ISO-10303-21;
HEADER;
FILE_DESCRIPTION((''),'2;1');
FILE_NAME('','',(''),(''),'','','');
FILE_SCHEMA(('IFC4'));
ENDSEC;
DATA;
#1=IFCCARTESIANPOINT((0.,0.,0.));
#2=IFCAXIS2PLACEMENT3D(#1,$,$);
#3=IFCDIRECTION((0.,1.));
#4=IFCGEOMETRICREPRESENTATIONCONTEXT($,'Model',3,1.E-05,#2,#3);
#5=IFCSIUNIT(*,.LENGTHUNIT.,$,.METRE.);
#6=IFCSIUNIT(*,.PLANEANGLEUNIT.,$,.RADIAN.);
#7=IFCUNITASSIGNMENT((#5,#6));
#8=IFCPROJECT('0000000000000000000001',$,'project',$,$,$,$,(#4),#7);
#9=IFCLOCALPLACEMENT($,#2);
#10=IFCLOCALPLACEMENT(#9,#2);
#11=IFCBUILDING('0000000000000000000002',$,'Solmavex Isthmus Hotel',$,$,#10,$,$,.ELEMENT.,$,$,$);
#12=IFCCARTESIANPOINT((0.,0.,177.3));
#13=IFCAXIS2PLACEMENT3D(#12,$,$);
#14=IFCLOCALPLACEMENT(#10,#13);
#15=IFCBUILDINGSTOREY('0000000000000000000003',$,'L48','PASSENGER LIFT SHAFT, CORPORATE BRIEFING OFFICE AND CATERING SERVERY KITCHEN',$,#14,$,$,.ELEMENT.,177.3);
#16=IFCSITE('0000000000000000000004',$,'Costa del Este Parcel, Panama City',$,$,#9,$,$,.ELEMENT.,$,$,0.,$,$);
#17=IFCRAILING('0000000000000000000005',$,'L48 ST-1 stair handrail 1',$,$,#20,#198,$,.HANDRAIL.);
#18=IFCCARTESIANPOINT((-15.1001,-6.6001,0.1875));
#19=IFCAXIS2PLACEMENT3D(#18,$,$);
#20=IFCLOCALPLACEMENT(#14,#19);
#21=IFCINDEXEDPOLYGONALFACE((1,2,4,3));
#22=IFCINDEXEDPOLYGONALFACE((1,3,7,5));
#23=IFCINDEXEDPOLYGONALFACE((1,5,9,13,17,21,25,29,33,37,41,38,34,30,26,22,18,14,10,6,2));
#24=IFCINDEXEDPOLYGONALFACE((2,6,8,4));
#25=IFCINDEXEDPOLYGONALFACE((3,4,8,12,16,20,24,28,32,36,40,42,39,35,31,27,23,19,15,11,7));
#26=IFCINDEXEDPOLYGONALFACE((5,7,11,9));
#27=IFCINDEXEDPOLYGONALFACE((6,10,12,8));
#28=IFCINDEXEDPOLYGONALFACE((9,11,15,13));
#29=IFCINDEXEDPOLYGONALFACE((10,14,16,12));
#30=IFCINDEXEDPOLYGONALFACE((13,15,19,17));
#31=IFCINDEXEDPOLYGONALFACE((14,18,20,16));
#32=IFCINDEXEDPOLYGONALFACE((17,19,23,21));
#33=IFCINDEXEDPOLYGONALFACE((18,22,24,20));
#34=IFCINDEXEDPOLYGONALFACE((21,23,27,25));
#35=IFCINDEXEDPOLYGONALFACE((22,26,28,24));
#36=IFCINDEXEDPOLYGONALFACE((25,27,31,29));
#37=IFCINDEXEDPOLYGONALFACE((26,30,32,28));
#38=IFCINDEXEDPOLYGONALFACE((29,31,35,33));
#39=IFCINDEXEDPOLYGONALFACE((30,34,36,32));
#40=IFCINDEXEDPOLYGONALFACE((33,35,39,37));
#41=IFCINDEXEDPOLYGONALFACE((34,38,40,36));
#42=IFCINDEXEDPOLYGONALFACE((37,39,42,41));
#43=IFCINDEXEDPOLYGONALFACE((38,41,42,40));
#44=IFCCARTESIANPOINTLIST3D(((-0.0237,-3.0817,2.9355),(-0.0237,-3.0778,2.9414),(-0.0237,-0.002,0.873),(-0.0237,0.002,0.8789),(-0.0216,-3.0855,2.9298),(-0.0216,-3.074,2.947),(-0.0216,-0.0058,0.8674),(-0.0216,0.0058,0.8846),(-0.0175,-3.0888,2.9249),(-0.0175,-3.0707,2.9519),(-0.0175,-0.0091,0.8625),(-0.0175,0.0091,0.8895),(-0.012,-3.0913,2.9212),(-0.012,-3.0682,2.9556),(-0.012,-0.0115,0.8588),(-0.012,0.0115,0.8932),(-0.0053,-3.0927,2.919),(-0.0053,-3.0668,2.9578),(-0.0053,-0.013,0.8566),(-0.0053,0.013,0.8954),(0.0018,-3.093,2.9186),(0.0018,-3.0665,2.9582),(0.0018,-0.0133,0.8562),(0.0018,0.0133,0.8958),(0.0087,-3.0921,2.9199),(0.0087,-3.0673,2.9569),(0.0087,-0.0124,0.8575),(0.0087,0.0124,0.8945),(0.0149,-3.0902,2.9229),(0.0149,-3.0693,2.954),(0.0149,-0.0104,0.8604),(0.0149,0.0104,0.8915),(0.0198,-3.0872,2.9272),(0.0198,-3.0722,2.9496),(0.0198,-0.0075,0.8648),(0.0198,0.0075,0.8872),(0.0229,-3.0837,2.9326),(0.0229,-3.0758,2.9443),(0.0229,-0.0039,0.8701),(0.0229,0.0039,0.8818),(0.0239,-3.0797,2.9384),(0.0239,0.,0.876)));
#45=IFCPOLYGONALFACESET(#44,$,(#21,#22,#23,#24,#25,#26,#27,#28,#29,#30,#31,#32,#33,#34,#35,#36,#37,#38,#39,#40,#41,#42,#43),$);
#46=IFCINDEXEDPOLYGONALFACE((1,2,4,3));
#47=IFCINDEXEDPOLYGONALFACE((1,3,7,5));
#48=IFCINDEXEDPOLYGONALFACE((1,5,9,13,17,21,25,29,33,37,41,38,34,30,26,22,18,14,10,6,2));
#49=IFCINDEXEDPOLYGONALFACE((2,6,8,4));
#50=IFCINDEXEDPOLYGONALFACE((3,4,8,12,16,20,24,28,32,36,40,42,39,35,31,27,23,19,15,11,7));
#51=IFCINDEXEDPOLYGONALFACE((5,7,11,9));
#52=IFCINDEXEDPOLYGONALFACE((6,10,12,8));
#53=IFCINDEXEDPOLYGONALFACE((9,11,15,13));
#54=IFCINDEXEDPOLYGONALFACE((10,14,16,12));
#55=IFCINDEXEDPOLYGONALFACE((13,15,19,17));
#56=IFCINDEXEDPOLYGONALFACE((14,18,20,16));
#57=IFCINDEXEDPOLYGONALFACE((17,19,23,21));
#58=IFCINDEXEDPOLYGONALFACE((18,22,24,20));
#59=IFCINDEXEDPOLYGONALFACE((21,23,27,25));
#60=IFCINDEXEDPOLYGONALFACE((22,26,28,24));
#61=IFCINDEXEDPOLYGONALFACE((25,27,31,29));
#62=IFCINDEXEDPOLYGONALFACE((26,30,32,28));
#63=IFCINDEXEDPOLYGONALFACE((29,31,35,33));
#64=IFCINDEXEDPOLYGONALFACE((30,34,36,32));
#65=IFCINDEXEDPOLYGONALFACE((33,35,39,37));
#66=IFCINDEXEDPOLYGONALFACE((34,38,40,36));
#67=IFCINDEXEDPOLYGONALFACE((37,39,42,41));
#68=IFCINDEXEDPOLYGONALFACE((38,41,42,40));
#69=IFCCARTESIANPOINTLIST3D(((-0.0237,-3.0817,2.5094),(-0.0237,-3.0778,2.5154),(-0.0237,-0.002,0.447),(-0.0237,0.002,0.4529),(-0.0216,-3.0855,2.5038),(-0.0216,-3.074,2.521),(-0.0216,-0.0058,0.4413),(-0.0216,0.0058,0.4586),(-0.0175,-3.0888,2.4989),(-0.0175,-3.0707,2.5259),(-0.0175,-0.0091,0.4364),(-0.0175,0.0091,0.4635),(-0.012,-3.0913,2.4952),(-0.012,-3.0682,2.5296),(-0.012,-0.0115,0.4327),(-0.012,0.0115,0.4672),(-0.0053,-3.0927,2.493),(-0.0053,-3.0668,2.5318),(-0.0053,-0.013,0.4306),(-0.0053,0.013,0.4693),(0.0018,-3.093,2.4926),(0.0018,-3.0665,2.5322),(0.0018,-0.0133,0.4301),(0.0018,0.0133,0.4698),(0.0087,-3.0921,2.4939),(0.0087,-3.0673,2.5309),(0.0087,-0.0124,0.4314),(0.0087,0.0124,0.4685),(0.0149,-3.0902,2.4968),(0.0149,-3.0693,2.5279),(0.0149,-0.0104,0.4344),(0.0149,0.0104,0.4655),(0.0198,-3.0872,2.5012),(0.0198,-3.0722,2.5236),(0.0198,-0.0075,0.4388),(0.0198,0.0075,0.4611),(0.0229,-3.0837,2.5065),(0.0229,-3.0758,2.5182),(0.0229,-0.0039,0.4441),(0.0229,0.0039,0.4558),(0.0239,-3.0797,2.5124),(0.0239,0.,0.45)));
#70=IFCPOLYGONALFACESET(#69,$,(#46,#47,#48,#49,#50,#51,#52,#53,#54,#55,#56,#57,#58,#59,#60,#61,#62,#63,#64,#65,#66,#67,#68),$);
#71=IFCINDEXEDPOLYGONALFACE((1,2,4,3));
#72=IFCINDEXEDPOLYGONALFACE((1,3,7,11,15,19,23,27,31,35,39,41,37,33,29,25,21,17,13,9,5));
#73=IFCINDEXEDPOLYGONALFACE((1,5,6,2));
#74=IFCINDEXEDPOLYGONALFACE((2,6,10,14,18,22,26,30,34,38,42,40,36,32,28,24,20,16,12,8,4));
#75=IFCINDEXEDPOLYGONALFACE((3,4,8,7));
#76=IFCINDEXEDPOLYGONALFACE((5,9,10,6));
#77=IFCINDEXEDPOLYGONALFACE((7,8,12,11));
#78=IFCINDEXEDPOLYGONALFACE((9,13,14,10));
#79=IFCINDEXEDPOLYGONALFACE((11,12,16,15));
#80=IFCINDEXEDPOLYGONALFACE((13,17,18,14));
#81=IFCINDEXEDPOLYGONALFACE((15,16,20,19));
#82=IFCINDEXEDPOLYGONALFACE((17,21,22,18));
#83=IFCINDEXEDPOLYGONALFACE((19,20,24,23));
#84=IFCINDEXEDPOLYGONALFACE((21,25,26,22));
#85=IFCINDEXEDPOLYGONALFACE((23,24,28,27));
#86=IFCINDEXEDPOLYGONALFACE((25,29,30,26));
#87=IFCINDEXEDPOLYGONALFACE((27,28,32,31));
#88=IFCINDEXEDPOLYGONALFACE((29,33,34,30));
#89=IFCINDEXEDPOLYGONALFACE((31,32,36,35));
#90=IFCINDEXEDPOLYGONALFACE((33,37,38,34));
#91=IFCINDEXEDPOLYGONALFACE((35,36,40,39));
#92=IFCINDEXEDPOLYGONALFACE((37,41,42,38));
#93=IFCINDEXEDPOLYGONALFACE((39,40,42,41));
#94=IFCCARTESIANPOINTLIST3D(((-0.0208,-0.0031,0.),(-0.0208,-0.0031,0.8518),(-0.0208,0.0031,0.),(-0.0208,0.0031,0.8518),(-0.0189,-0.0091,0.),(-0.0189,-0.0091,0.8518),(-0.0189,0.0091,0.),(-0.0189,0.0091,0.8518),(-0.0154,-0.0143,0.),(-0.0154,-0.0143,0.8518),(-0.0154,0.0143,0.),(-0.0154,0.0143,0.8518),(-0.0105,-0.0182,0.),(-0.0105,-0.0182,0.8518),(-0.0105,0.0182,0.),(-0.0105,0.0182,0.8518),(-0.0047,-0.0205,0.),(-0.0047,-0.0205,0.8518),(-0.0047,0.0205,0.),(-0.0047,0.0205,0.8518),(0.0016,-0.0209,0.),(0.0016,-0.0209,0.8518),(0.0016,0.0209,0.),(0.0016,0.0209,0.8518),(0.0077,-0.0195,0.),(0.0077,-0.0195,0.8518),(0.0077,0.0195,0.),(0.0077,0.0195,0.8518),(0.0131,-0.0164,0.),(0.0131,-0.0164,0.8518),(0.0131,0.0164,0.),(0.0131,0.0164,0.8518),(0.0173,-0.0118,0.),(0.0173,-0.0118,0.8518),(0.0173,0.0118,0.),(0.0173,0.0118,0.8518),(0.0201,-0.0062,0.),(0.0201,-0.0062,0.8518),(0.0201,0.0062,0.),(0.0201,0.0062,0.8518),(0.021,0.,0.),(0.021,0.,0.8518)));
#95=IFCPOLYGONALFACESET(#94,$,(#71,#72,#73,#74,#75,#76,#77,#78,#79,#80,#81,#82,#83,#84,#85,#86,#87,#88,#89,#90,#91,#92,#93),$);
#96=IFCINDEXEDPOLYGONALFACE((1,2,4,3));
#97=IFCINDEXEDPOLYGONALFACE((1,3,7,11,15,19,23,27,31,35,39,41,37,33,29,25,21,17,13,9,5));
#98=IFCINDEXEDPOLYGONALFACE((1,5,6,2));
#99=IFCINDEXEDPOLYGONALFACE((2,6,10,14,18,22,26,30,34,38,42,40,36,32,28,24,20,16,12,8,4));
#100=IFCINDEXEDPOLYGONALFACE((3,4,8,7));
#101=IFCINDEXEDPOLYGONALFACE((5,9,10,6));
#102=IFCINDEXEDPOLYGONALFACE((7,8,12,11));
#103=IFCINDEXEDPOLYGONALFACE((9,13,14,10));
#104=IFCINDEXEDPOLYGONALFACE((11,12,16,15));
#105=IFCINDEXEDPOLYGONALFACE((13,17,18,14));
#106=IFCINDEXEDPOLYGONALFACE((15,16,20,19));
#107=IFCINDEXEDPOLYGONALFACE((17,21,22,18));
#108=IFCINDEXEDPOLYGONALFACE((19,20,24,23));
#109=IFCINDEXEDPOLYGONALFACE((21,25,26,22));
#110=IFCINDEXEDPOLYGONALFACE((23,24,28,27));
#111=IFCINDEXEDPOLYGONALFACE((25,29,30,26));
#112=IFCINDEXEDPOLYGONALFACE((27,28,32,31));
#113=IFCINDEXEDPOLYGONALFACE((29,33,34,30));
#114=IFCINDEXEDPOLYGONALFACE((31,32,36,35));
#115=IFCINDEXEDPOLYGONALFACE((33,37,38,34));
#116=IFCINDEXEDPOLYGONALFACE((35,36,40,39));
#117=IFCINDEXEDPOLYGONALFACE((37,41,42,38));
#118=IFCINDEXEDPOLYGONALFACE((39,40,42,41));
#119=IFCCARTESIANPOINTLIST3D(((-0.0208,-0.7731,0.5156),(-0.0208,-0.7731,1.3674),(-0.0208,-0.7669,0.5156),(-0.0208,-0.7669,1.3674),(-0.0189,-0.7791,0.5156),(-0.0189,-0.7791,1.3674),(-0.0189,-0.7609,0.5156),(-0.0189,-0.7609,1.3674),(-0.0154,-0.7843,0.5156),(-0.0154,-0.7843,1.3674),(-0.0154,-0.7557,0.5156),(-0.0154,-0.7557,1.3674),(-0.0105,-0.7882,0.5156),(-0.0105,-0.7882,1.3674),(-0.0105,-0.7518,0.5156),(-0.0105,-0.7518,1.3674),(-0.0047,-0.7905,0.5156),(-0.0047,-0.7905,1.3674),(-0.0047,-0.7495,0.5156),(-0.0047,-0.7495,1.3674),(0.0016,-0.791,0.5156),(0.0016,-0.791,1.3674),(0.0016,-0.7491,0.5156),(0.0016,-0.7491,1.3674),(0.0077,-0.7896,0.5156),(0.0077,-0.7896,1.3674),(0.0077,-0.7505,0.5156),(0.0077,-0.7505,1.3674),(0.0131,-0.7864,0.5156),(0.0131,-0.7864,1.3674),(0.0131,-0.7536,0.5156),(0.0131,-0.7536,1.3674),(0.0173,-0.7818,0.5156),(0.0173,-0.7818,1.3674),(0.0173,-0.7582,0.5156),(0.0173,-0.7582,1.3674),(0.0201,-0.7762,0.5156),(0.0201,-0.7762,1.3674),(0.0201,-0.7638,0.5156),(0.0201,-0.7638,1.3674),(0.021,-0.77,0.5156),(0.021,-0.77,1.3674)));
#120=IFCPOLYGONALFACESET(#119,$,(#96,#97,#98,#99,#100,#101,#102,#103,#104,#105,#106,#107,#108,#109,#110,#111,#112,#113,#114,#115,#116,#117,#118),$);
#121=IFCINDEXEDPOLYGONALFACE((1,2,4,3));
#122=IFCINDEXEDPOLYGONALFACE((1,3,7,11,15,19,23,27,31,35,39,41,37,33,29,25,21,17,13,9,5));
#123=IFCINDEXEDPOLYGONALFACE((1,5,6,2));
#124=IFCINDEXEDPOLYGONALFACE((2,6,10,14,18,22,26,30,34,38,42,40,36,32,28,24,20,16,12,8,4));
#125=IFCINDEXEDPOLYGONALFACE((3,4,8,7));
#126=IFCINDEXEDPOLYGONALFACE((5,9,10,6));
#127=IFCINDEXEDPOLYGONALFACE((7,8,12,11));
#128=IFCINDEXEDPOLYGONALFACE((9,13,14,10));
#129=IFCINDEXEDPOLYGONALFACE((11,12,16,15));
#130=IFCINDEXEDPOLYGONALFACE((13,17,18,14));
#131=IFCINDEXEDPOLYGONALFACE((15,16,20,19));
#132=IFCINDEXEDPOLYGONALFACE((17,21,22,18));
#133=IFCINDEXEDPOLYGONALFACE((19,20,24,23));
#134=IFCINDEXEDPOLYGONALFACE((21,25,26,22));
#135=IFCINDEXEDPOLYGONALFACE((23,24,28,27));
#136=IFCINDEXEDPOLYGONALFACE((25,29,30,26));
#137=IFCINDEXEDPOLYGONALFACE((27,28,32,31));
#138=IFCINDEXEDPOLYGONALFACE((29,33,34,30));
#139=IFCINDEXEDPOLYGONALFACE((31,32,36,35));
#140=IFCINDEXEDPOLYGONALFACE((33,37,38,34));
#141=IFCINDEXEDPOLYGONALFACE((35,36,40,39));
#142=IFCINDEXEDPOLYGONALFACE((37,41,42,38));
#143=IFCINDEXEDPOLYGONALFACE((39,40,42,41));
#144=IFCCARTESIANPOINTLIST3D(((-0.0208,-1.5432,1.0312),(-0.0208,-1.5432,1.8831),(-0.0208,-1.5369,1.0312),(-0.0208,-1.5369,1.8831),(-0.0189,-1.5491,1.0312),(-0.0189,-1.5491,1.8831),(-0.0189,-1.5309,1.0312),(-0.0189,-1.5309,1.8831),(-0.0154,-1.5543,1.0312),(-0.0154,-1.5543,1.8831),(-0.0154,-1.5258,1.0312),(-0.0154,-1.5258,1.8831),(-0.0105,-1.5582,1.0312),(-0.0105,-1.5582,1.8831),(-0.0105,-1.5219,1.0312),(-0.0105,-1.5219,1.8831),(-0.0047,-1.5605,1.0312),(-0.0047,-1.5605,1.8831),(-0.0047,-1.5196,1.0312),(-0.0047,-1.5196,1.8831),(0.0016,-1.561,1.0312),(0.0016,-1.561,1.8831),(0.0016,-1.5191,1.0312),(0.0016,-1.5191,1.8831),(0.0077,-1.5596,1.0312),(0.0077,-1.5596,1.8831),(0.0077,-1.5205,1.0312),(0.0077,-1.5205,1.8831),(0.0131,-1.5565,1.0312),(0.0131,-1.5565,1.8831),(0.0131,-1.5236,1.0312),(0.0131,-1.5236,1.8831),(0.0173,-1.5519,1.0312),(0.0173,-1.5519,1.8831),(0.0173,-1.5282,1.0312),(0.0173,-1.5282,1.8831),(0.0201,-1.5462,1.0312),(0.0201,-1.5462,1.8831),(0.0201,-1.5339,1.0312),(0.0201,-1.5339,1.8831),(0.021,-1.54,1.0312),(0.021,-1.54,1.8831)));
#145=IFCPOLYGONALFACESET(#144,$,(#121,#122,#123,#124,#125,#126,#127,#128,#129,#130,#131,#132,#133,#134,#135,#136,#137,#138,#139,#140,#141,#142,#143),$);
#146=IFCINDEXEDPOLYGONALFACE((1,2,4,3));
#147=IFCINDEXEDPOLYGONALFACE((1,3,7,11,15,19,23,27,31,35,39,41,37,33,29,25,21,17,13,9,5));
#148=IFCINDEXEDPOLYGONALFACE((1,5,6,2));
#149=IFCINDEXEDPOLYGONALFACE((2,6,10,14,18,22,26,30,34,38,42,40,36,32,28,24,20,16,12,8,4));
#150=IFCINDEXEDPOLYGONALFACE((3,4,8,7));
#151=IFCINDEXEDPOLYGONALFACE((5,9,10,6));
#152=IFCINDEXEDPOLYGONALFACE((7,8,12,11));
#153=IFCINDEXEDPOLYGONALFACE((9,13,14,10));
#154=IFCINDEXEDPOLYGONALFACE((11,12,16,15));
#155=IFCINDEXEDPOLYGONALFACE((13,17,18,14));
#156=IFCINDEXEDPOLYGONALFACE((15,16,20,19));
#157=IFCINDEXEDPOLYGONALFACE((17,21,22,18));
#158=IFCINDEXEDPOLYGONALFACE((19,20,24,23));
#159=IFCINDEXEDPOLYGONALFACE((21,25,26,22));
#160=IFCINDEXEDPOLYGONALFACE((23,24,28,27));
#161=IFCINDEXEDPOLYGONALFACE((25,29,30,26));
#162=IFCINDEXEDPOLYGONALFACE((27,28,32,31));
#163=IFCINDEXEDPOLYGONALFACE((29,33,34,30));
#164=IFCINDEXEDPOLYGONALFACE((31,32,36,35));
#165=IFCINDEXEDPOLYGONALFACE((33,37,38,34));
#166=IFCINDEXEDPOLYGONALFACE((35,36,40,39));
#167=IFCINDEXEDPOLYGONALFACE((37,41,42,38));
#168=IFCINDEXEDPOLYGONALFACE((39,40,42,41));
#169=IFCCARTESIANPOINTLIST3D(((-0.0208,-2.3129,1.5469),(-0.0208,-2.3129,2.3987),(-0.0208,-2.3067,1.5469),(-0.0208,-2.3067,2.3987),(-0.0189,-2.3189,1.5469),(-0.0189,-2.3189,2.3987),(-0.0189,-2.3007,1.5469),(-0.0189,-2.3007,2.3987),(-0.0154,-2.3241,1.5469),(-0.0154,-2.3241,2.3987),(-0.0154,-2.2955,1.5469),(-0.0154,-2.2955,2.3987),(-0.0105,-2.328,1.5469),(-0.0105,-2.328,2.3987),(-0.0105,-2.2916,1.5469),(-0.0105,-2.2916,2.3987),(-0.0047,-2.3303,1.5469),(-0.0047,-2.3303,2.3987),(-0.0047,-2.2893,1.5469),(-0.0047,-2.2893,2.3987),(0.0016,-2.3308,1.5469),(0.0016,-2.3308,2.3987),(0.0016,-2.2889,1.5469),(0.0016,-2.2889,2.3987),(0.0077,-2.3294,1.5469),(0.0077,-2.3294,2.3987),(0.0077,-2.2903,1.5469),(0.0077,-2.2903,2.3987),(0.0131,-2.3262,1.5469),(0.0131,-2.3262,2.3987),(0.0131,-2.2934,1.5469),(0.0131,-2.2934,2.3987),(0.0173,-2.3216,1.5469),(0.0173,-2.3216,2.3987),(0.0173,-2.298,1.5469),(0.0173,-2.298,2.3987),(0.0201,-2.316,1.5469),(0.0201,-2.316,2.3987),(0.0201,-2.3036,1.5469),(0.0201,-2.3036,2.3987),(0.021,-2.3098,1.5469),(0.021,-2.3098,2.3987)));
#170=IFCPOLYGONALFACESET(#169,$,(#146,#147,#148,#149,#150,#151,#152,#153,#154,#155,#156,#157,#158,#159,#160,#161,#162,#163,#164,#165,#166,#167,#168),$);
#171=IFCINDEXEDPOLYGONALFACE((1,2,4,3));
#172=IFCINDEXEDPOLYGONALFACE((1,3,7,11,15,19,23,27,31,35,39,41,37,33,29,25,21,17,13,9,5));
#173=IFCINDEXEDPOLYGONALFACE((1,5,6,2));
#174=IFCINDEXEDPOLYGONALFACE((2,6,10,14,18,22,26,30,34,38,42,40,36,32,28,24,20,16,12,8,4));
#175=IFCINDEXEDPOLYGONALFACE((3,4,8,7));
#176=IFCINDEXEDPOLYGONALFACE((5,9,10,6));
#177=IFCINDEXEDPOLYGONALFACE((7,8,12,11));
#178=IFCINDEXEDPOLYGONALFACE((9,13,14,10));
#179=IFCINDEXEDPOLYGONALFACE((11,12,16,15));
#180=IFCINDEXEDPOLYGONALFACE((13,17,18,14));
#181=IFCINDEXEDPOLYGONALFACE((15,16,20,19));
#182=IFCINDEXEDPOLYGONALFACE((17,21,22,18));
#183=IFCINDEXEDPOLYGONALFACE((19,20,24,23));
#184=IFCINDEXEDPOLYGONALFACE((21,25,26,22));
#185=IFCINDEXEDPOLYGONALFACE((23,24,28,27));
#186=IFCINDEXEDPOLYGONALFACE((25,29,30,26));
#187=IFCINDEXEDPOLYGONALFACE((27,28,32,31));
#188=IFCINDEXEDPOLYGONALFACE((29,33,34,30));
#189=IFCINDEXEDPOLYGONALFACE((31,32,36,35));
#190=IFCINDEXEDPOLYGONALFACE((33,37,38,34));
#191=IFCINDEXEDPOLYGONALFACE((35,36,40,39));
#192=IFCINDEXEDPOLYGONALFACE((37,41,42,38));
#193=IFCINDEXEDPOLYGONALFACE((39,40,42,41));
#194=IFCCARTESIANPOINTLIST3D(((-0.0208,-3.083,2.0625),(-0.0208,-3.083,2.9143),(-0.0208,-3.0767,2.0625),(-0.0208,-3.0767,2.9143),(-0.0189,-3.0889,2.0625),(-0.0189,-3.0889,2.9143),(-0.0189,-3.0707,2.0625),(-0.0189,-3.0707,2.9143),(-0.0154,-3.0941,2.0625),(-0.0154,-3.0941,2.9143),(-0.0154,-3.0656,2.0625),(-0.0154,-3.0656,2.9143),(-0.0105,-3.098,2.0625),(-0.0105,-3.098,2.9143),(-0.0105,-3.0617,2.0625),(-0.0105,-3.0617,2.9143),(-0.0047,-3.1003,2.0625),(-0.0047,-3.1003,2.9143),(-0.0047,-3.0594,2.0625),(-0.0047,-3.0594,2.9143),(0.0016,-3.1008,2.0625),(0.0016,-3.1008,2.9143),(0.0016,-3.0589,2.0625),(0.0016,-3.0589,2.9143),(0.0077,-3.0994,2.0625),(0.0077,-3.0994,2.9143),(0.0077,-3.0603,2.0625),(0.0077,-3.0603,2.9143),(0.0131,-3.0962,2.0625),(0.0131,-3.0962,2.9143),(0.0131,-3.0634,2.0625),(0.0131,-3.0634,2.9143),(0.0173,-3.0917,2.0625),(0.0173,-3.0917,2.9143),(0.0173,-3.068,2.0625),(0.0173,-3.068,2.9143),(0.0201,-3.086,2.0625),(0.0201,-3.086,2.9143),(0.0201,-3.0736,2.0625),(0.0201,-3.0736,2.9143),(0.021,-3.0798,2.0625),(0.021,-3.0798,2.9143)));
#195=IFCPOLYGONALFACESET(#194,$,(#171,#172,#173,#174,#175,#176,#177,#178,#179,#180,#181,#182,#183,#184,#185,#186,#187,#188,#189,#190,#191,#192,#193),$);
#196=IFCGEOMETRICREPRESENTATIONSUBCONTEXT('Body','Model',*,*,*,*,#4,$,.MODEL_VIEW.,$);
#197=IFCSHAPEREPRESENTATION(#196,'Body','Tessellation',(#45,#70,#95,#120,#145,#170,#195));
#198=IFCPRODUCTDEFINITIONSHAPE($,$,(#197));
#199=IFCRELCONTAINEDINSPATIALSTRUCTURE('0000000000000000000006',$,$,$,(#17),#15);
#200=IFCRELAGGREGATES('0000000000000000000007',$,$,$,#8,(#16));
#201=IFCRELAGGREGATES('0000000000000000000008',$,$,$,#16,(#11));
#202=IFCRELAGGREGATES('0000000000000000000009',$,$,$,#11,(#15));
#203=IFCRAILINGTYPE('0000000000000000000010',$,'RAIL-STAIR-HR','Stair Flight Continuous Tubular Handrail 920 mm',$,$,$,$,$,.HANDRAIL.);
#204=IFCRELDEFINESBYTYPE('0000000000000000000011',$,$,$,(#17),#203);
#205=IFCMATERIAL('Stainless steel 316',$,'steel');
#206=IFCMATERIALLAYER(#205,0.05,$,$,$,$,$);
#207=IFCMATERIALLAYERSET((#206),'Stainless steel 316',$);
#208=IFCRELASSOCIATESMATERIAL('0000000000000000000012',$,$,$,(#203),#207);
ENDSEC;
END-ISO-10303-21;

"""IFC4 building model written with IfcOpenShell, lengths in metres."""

from ifc_helpers import new_model, si_unit, direction, frame, origin, origin_2d, place, context, subcontext, project, spatial, circle, extrude, material, layer, layer_set, type_object, element, save


model = new_model("IFC4")

# Units and contexts
model_context = context("Model", 3, precision=1e-05, world=origin(), true_north=direction((0.0, 1.0)))
body_context = subcontext(model_context, "Body", "Model", "MODEL_VIEW")
ifc_project = project(units=[si_unit("LENGTHUNIT", "METRE"), si_unit("PLANEANGLEUNIT", "RADIAN")], contexts=[model_context])

# Site, building, storey
site_placement = place(None, origin())
site = spatial("IfcSite", under=ifc_project, at=site_placement, Name="Costa del Este Parcel, Panama City", CompositionType="ELEMENT", RefElevation=0.0)
building_placement = place(site_placement, origin())
building = spatial("IfcBuilding", under=site, at=building_placement, Name="Solmavex Isthmus Hotel", CompositionType="ELEMENT")
storey_placement = place(building_placement, frame((0.0, 0.0, 177.3)))
storey = spatial("IfcBuildingStorey", under=building, at=storey_placement, Name="L48", Description="PASSENGER LIFT SHAFT, CORPORATE BRIEFING OFFICE AND CATERING SERVERY KITCHEN", CompositionType="ELEMENT", Elevation=177.3)

# Railing
ifc_material_1 = material(Name="Stainless steel 316", Category="steel")
ifc_layer_1 = layer(ifc_material_1, 0.05)
ifc_layer_set_1 = layer_set([ifc_layer_1], Name="Stainless steel 316")
railing_type_1 = type_object("IfcRailingType", Name="RAIL-STAIR-HR", Description="Stair Flight Continuous Tubular Handrail 920 mm", PredefinedType="HANDRAIL", material=ifc_layer_set_1)
railing_1_placement = place(storey_placement, frame((-15.1001, -6.6001, 0.1875)))
element("IfcRailing", 1, at=railing_1_placement, inside=storey, type_object=railing_type_1, Name="L48 ST-1 stair handrail 1", PredefinedType="HANDRAIL", context=body_context, shape_type="SweptSolid", body=[
    extrude(circle(Radius=0.0239, at=origin_2d()), frame((0.0, 0.0, 0.876), z_axis=(0.0, -0.830893, 0.556432), x_axis=(1.0, 0.0, 0.0)), (0.0, 0.0, 1.0), 3.7065),
    extrude(circle(Radius=0.0239, at=origin_2d()), frame((0.0, 0.0, 0.45), z_axis=(0.0, -0.830893, 0.556432), x_axis=(1.0, 0.0, 0.0)), (0.0, 0.0, 1.0), 3.7065),
    extrude(circle(Radius=0.021, at=origin_2d()), origin(), (0.0, 0.0, 1.0), 0.8518),
    extrude(circle(Radius=0.021, at=origin_2d()), frame((0.0, -0.77, 0.5156)), (0.0, 0.0, 1.0), 0.8518),
    extrude(circle(Radius=0.021, at=origin_2d()), frame((0.0, -1.54, 1.0312)), (0.0, 0.0, 1.0), 0.8518),
    extrude(circle(Radius=0.021, at=origin_2d()), frame((0.0, -2.3098, 1.5469)), (0.0, 0.0, 1.0), 0.8518),
    extrude(circle(Radius=0.021, at=origin_2d()), frame((0.0, -3.0798, 2.0625)), (0.0, 0.0, 1.0), 0.8518),
])

save(model, "model.ifc")
